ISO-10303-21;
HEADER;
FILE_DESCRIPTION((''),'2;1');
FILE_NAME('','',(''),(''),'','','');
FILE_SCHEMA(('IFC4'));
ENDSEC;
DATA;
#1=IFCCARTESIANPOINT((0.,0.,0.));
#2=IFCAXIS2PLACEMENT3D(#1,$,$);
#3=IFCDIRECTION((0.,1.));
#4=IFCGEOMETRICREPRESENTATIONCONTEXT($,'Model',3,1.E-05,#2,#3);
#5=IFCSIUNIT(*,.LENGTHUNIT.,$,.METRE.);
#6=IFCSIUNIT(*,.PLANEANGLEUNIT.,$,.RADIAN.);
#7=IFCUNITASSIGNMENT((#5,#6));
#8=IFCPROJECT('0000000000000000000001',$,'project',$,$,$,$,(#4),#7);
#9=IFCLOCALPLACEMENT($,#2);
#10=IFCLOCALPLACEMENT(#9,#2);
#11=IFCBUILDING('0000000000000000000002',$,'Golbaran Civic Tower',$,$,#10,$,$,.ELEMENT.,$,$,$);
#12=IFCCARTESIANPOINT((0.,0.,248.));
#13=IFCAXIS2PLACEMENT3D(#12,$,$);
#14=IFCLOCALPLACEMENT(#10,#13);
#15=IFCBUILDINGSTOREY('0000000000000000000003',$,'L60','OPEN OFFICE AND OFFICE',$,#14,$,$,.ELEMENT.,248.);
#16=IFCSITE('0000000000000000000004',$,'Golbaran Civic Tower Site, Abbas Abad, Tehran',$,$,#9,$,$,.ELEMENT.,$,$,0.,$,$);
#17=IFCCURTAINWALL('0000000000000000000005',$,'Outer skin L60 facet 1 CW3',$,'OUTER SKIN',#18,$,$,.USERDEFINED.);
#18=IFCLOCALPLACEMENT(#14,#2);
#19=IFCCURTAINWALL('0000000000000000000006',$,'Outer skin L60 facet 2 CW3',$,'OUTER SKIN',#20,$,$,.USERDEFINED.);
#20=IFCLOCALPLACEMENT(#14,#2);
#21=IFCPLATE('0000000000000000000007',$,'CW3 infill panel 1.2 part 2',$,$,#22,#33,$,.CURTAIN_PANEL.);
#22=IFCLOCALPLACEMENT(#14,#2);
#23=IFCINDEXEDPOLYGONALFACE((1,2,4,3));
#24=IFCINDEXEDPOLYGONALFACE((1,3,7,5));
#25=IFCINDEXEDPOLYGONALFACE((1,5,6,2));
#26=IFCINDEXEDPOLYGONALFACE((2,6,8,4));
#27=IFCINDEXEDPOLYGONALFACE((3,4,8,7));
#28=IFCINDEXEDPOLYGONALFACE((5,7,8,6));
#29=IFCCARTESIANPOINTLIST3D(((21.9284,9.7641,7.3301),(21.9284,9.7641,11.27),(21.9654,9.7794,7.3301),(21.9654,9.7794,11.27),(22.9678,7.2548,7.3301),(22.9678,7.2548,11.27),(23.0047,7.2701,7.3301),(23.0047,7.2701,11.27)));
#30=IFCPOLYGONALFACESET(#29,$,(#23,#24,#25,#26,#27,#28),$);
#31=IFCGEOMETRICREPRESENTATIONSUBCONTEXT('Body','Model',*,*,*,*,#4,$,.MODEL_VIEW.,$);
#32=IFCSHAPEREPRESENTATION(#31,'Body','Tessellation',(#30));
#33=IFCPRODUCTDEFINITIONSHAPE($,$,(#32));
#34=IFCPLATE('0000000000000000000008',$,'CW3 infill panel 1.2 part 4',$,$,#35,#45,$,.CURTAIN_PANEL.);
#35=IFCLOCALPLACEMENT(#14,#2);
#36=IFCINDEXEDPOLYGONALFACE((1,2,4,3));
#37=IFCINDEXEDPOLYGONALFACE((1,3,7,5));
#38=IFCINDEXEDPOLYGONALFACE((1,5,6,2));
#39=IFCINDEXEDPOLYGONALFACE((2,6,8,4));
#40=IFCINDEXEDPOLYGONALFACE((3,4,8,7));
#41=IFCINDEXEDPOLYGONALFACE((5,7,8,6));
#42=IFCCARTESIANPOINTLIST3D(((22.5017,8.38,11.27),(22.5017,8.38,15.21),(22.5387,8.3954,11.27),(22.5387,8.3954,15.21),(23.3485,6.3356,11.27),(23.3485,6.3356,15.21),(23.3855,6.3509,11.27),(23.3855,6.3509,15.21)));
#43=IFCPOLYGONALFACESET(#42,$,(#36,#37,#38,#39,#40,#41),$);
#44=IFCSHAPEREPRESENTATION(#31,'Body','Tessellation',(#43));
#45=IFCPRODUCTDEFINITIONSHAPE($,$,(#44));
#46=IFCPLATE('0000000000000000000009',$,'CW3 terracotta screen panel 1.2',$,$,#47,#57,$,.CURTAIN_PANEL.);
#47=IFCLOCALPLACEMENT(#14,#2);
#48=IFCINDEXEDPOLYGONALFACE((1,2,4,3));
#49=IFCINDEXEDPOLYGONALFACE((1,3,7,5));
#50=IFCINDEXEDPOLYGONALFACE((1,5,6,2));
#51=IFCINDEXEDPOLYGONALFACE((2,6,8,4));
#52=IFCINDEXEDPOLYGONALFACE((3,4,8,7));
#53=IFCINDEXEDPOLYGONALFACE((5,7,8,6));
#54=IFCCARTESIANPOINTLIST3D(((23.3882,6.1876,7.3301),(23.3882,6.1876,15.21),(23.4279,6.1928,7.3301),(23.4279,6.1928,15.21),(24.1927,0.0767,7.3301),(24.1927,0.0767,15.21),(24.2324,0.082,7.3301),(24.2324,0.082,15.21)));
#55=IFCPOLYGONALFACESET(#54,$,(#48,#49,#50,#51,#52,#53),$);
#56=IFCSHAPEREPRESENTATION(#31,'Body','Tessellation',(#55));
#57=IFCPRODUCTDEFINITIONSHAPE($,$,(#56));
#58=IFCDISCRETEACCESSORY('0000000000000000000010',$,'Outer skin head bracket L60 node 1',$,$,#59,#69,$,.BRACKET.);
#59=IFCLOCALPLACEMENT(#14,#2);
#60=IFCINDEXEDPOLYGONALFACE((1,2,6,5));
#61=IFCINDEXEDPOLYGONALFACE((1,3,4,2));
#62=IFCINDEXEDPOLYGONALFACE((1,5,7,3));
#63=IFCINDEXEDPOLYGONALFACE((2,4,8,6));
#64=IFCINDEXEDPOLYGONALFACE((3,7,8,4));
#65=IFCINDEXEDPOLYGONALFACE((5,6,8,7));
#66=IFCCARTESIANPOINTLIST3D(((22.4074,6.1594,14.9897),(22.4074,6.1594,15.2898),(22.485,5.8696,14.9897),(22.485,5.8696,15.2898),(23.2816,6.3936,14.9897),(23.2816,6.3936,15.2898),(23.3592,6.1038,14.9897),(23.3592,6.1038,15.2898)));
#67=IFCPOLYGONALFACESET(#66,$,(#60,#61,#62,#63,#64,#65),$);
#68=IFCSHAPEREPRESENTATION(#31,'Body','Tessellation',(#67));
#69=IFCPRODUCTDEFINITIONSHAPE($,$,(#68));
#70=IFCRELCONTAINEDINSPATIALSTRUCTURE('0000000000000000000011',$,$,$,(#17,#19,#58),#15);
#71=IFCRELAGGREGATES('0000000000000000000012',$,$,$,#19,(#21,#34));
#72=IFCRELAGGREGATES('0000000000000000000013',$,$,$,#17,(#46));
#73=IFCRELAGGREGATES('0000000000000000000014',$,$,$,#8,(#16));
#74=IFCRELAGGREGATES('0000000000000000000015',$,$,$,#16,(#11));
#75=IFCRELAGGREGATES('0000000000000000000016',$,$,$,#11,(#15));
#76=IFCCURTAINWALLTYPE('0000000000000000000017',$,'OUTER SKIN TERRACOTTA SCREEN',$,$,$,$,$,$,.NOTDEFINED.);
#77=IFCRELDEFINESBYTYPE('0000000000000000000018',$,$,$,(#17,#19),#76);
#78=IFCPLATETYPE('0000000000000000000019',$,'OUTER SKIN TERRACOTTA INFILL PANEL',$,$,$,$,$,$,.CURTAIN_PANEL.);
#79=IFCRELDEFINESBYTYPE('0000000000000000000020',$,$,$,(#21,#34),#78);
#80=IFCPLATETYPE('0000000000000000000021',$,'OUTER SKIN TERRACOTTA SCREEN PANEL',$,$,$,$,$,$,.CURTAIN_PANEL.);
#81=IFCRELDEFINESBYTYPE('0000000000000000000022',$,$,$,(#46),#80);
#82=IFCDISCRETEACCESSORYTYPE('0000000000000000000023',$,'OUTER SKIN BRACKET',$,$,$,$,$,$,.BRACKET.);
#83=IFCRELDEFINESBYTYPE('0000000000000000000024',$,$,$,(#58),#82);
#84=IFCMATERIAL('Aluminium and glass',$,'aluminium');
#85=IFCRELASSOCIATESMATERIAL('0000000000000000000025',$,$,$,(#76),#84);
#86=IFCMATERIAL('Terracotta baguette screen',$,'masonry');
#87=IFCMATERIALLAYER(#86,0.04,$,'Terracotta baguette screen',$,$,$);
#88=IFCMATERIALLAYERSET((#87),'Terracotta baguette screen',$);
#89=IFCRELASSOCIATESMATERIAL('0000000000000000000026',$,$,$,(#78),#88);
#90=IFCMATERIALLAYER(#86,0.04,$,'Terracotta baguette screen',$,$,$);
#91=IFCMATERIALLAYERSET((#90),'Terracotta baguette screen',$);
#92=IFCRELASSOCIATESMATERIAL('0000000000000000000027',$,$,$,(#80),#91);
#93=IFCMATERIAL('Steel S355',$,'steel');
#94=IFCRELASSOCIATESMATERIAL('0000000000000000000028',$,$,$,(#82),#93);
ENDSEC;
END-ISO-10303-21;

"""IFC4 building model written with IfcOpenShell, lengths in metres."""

from ifc_helpers import new_model, si_unit, direction, frame, origin, origin_2d, place, context, subcontext, project, spatial, rectangle, extrude, material, layer, layer_set, type_object, element, aggregate, save


model = new_model("IFC4")

# Units and contexts
model_context = context("Model", 3, precision=1e-05, world=origin(), true_north=direction((0.0, 1.0)))
body_context = subcontext(model_context, "Body", "Model", "MODEL_VIEW")
ifc_project = project(units=[si_unit("LENGTHUNIT", "METRE"), si_unit("PLANEANGLEUNIT", "RADIAN")], contexts=[model_context])

# Site, building, storey
site_placement = place(None, origin())
site = spatial("IfcSite", under=ifc_project, at=site_placement, Name="Golbaran Civic Tower Site, Abbas Abad, Tehran", CompositionType="ELEMENT", RefElevation=0.0)
building_placement = place(site_placement, origin())
building = spatial("IfcBuilding", under=site, at=building_placement, Name="Golbaran Civic Tower", CompositionType="ELEMENT")
storey_placement = place(building_placement, frame((0.0, 0.0, 248.0)))
storey = spatial("IfcBuildingStorey", under=building, at=storey_placement, Name="L60", Description="OPEN OFFICE AND OFFICE", CompositionType="ELEMENT", Elevation=248.0)

# Curtain walls
ifc_material_1 = material(Name="Aluminium and glass", Category="aluminium")
curtain_wall_type_1 = type_object("IfcCurtainWallType", Name="OUTER SKIN TERRACOTTA SCREEN", PredefinedType="NOTDEFINED", material=ifc_material_1)
curtain_wall_1_placement = place(storey_placement, origin())
curtain_wall_1 = element("IfcCurtainWall", 1, at=curtain_wall_1_placement, inside=storey, type_object=curtain_wall_type_1, Name="Outer skin L60 facet 1 CW3", ObjectType="OUTER SKIN", PredefinedType="USERDEFINED")
curtain_wall_2_placement = place(storey_placement, origin())
curtain_wall_2 = element("IfcCurtainWall", 2, at=curtain_wall_2_placement, inside=storey, type_object=curtain_wall_type_1, Name="Outer skin L60 facet 2 CW3", ObjectType="OUTER SKIN", PredefinedType="USERDEFINED")

# Plates
ifc_material_2 = material(Name="Terracotta baguette screen", Category="masonry")
ifc_layer_1 = layer(ifc_material_2, 0.04, Name="Terracotta baguette screen")
ifc_layer_set_1 = layer_set([ifc_layer_1], Name="Terracotta baguette screen")
plate_type_1 = type_object("IfcPlateType", Name="OUTER SKIN TERRACOTTA INFILL PANEL", PredefinedType="CURTAIN_PANEL", material=ifc_layer_set_1)
plate_1_placement = place(storey_placement, frame((22.4666, 8.5171, 7.3301), z_axis=(0.0, 0.0, 1.0), x_axis=(-0.382683, 0.92388, 0.0)))
plate_1 = element("IfcPlate", 3, at=plate_1_placement, type_object=plate_type_1, Name="CW3 infill panel 1.2 part 2", PredefinedType="CURTAIN_PANEL", context=body_context, shape_type="SweptSolid", body=[
    extrude(rectangle(XDim=2.7161, YDim=0.04, at=origin_2d()), origin(), (0.0, 0.0, 1.0), 3.9399),
])
plate_2_placement = place(storey_placement, frame((22.9436, 7.3655, 11.27), z_axis=(0.0, 0.0, 1.0), x_axis=(-0.382683, 0.92388, 0.0)))
plate_2 = element("IfcPlate", 4, at=plate_2_placement, type_object=plate_type_1, Name="CW3 infill panel 1.2 part 4", PredefinedType="CURTAIN_PANEL", context=body_context, shape_type="SweptSolid", body=[
    extrude(rectangle(XDim=2.2129, YDim=0.04, at=origin_2d()), origin(), (0.0, 0.0, 1.0), 3.9399),
])
aggregate(curtain_wall_2, [plate_1, plate_2])
ifc_layer_2 = layer(ifc_material_2, 0.04, Name="Terracotta baguette screen")
ifc_layer_set_2 = layer_set([ifc_layer_2], Name="Terracotta baguette screen")
plate_type_2 = type_object("IfcPlateType", Name="OUTER SKIN TERRACOTTA SCREEN PANEL", PredefinedType="CURTAIN_PANEL", material=ifc_layer_set_2)
plate_3_placement = place(storey_placement, frame((23.8103, 3.1348, 7.3301), z_axis=(0.0, 0.0, 1.0), x_axis=(-0.130526, 0.991445, 0.0)))
plate_3 = element("IfcPlate", 5, at=plate_3_placement, type_object=plate_type_2, Name="CW3 terracotta screen panel 1.2", PredefinedType="CURTAIN_PANEL", context=body_context, shape_type="SweptSolid", body=[
    extrude(rectangle(XDim=6.1636, YDim=0.04, at=origin_2d()), origin(), (0.0, 0.0, 1.0), 7.8799),
])
aggregate(curtain_wall_1, [plate_3])

# Discrete accessory
ifc_material_3 = material(Name="Steel S355", Category="steel")
discrete_accessory_type = type_object("IfcDiscreteAccessoryType", Name="OUTER SKIN BRACKET", PredefinedType="BRACKET", material=ifc_material_3)
discrete_accessory_placement = place(storey_placement, frame((22.8833, 6.1316, 14.9897), z_axis=(0.0, 0.0, 1.0), x_axis=(0.965926, 0.258819, 0.0)))
element("IfcDiscreteAccessory", 6, at=discrete_accessory_placement, inside=storey, type_object=discrete_accessory_type, Name="Outer skin head bracket L60 node 1", PredefinedType="BRACKET", context=body_context, shape_type="SweptSolid", body=[
    extrude(rectangle(XDim=0.905, YDim=0.3, at=origin_2d()), origin(), (0.0, 0.0, 1.0), 0.3),
])

save(model, "model.ifc")
